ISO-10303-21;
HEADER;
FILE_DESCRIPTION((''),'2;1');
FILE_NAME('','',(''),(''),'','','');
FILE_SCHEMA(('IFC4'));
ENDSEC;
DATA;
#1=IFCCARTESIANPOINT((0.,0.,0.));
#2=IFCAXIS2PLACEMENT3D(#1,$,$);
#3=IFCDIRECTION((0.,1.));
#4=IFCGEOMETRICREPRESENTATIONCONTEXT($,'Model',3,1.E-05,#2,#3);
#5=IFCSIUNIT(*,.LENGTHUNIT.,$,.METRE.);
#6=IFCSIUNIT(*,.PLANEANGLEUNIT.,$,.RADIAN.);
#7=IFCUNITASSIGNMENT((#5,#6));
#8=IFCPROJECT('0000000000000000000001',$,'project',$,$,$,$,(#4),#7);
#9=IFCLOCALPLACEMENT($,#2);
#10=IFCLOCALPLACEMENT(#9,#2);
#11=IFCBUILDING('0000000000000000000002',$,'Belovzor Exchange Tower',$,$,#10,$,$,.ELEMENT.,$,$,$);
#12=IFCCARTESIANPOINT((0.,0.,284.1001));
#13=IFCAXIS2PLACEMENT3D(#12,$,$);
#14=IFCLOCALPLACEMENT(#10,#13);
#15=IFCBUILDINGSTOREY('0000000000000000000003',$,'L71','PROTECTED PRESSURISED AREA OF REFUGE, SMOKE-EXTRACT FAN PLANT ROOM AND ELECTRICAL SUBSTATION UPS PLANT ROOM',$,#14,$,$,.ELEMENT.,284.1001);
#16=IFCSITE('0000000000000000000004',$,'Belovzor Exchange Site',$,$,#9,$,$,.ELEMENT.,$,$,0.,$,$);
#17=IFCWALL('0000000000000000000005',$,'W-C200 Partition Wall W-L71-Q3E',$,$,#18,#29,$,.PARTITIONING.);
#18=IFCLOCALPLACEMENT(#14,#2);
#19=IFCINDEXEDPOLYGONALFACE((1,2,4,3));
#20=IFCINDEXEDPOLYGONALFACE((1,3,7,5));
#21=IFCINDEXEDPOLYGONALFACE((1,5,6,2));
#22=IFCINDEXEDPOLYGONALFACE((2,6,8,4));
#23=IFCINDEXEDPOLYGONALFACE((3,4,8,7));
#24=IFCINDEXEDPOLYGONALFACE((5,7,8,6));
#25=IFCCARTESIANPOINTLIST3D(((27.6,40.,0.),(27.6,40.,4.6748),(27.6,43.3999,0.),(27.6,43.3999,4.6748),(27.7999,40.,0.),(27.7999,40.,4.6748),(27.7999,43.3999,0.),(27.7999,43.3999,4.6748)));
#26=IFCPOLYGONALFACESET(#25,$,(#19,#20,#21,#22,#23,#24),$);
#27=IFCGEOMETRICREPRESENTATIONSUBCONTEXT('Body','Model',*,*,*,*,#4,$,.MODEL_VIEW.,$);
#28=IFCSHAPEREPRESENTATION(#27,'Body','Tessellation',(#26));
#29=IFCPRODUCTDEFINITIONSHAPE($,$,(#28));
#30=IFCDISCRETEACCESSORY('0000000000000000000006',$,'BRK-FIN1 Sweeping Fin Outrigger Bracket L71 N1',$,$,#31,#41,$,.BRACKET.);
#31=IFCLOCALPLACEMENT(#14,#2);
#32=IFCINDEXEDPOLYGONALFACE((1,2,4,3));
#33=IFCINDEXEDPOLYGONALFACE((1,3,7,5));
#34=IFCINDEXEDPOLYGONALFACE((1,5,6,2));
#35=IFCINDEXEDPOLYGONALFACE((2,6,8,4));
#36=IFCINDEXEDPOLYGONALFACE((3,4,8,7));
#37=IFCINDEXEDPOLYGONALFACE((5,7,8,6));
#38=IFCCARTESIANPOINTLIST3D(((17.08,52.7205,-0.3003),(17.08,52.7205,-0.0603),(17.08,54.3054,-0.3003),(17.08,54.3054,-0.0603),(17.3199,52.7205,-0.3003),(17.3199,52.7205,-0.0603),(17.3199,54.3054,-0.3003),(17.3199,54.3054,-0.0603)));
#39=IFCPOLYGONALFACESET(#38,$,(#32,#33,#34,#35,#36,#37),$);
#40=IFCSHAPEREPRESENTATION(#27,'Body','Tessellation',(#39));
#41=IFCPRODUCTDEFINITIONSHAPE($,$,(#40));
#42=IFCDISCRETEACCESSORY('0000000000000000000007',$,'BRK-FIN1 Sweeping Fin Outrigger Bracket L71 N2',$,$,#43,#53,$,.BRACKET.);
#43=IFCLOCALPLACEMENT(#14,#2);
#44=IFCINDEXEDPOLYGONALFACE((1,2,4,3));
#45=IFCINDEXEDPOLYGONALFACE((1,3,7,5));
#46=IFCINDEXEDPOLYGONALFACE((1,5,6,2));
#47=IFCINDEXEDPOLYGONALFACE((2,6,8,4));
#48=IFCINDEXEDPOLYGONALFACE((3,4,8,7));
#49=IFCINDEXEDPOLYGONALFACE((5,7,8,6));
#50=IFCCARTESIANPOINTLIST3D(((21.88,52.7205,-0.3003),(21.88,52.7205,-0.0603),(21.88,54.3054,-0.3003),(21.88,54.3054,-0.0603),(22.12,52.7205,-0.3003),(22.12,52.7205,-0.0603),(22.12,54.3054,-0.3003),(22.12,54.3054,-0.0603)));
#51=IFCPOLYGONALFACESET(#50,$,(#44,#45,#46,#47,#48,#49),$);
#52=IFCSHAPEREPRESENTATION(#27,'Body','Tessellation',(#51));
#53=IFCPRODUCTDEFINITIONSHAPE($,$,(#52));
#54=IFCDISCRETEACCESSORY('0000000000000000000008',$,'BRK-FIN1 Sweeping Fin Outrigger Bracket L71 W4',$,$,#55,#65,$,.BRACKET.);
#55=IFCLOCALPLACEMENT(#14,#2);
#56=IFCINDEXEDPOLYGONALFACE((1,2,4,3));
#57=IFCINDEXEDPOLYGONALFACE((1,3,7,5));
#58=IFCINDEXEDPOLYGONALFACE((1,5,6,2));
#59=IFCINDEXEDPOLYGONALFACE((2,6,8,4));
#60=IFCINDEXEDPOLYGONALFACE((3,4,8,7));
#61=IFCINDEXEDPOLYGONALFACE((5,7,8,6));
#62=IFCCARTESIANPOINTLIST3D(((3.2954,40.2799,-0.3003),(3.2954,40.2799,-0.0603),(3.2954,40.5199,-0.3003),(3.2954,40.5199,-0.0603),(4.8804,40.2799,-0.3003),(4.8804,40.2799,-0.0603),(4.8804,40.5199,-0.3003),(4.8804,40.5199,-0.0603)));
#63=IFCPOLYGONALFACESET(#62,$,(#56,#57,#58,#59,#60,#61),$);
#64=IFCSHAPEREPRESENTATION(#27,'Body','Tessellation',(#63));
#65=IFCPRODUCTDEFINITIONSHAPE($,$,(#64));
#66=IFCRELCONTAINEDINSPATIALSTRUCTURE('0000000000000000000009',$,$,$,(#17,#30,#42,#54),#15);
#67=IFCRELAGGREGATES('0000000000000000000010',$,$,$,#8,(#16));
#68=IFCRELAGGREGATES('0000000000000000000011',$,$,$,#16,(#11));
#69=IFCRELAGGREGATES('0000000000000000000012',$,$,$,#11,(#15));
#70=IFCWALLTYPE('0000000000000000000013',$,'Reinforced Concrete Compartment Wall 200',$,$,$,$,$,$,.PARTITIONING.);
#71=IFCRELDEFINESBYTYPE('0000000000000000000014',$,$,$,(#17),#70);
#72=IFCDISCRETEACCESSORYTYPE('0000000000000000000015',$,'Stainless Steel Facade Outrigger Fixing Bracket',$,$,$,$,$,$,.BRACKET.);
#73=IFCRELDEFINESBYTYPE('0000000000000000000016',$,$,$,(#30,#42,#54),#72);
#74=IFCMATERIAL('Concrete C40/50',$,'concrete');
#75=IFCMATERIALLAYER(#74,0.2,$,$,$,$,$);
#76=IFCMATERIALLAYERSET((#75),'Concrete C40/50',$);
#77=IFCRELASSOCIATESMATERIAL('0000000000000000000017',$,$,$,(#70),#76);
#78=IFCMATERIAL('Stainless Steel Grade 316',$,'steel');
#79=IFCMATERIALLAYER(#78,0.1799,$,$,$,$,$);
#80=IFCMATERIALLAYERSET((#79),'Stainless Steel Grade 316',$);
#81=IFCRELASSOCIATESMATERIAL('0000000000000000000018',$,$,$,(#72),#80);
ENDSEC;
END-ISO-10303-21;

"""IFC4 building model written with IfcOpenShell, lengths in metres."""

from ifc_helpers import new_model, si_unit, direction, frame, frame_2d, origin, origin_2d, place, context, subcontext, project, spatial, rectangle, extrude, material, layer, layer_set, type_object, element, save


model = new_model("IFC4")

# Units and contexts
model_context = context("Model", 3, precision=1e-05, world=origin(), true_north=direction((0.0, 1.0)))
body_context = subcontext(model_context, "Body", "Model", "MODEL_VIEW")
ifc_project = project(units=[si_unit("LENGTHUNIT", "METRE"), si_unit("PLANEANGLEUNIT", "RADIAN")], contexts=[model_context])

# Site, building, storey
site_placement = place(None, origin())
site = spatial("IfcSite", under=ifc_project, at=site_placement, Name="Belovzor Exchange Site", CompositionType="ELEMENT", RefElevation=0.0)
building_placement = place(site_placement, origin())
building = spatial("IfcBuilding", under=site, at=building_placement, Name="Belovzor Exchange Tower", CompositionType="ELEMENT")
storey_placement = place(building_placement, frame((0.0, 0.0, 284.1001)))
storey = spatial("IfcBuildingStorey", under=building, at=storey_placement, Name="L71", Description="PROTECTED PRESSURISED AREA OF REFUGE, SMOKE-EXTRACT FAN PLANT ROOM AND ELECTRICAL SUBSTATION UPS PLANT ROOM", CompositionType="ELEMENT", Elevation=284.1001)

# Shared definitions
ifc_material_1 = material(Name="Concrete C40/50", Category="concrete")
ifc_layer_1 = layer(ifc_material_1, 0.2)
ifc_layer_set_1 = layer_set([ifc_layer_1], Name="Concrete C40/50")
wall_type_1 = type_object("IfcWallType", Name="Reinforced Concrete Compartment Wall 200", PredefinedType="PARTITIONING", material=ifc_layer_set_1)

# Wall
wall_1_placement = place(storey_placement, frame((27.7, 40.0, 0.0), z_axis=(0.0, 0.0, 1.0), x_axis=(0.0, 1.0, 0.0)))
element("IfcWall", 1, at=wall_1_placement, inside=storey, type_object=wall_type_1, Name="W-C200 Partition Wall W-L71-Q3E", PredefinedType="PARTITIONING", context=body_context, shape_type="SweptSolid", body=[
    extrude(rectangle(XDim=3.3999, YDim=0.2, at=frame_2d((1.7, 0.0))), origin(), (0.0, 0.0, 1.0), 4.6748),
])

# Discrete accessories
ifc_material_2 = material(Name="Stainless Steel Grade 316", Category="steel")
ifc_layer_2 = layer(ifc_material_2, 0.1799)
ifc_layer_set_2 = layer_set([ifc_layer_2], Name="Stainless Steel Grade 316")
discrete_accessory_type = type_object("IfcDiscreteAccessoryType", Name="Stainless Steel Facade Outrigger Fixing Bracket", PredefinedType="BRACKET", material=ifc_layer_set_2)
for number, where, z_axis, x_axis, name in (
    (2, (17.2, 53.5129, -0.3003), (0.0, 0.0, 1.0), (0.0, 1.0, 0.0), "BRK-FIN1 Sweeping Fin Outrigger Bracket L71 N1"),
    (3, (22.0, 53.5129, -0.3003), (0.0, 0.0, 1.0), (0.0, 1.0, 0.0), "BRK-FIN1 Sweeping Fin Outrigger Bracket L71 N2"),
    (4, (4.0879, 40.3999, -0.3003), (0.0, 0.0, 1.0), (1.0, 0.0, 0.0), "BRK-FIN1 Sweeping Fin Outrigger Bracket L71 W4"),
):
    element("IfcDiscreteAccessory", number, at=place(storey_placement, frame(where, z_axis=z_axis, x_axis=x_axis)), inside=storey, type_object=discrete_accessory_type, Name=name, PredefinedType="BRACKET", context=body_context, shape_type="SweptSolid", body=[
        extrude(rectangle(XDim=1.585, YDim=0.24, at=origin_2d()), origin(), (0.0, 0.0, 1.0), 0.24),
    ])

save(model, "model.ifc")
